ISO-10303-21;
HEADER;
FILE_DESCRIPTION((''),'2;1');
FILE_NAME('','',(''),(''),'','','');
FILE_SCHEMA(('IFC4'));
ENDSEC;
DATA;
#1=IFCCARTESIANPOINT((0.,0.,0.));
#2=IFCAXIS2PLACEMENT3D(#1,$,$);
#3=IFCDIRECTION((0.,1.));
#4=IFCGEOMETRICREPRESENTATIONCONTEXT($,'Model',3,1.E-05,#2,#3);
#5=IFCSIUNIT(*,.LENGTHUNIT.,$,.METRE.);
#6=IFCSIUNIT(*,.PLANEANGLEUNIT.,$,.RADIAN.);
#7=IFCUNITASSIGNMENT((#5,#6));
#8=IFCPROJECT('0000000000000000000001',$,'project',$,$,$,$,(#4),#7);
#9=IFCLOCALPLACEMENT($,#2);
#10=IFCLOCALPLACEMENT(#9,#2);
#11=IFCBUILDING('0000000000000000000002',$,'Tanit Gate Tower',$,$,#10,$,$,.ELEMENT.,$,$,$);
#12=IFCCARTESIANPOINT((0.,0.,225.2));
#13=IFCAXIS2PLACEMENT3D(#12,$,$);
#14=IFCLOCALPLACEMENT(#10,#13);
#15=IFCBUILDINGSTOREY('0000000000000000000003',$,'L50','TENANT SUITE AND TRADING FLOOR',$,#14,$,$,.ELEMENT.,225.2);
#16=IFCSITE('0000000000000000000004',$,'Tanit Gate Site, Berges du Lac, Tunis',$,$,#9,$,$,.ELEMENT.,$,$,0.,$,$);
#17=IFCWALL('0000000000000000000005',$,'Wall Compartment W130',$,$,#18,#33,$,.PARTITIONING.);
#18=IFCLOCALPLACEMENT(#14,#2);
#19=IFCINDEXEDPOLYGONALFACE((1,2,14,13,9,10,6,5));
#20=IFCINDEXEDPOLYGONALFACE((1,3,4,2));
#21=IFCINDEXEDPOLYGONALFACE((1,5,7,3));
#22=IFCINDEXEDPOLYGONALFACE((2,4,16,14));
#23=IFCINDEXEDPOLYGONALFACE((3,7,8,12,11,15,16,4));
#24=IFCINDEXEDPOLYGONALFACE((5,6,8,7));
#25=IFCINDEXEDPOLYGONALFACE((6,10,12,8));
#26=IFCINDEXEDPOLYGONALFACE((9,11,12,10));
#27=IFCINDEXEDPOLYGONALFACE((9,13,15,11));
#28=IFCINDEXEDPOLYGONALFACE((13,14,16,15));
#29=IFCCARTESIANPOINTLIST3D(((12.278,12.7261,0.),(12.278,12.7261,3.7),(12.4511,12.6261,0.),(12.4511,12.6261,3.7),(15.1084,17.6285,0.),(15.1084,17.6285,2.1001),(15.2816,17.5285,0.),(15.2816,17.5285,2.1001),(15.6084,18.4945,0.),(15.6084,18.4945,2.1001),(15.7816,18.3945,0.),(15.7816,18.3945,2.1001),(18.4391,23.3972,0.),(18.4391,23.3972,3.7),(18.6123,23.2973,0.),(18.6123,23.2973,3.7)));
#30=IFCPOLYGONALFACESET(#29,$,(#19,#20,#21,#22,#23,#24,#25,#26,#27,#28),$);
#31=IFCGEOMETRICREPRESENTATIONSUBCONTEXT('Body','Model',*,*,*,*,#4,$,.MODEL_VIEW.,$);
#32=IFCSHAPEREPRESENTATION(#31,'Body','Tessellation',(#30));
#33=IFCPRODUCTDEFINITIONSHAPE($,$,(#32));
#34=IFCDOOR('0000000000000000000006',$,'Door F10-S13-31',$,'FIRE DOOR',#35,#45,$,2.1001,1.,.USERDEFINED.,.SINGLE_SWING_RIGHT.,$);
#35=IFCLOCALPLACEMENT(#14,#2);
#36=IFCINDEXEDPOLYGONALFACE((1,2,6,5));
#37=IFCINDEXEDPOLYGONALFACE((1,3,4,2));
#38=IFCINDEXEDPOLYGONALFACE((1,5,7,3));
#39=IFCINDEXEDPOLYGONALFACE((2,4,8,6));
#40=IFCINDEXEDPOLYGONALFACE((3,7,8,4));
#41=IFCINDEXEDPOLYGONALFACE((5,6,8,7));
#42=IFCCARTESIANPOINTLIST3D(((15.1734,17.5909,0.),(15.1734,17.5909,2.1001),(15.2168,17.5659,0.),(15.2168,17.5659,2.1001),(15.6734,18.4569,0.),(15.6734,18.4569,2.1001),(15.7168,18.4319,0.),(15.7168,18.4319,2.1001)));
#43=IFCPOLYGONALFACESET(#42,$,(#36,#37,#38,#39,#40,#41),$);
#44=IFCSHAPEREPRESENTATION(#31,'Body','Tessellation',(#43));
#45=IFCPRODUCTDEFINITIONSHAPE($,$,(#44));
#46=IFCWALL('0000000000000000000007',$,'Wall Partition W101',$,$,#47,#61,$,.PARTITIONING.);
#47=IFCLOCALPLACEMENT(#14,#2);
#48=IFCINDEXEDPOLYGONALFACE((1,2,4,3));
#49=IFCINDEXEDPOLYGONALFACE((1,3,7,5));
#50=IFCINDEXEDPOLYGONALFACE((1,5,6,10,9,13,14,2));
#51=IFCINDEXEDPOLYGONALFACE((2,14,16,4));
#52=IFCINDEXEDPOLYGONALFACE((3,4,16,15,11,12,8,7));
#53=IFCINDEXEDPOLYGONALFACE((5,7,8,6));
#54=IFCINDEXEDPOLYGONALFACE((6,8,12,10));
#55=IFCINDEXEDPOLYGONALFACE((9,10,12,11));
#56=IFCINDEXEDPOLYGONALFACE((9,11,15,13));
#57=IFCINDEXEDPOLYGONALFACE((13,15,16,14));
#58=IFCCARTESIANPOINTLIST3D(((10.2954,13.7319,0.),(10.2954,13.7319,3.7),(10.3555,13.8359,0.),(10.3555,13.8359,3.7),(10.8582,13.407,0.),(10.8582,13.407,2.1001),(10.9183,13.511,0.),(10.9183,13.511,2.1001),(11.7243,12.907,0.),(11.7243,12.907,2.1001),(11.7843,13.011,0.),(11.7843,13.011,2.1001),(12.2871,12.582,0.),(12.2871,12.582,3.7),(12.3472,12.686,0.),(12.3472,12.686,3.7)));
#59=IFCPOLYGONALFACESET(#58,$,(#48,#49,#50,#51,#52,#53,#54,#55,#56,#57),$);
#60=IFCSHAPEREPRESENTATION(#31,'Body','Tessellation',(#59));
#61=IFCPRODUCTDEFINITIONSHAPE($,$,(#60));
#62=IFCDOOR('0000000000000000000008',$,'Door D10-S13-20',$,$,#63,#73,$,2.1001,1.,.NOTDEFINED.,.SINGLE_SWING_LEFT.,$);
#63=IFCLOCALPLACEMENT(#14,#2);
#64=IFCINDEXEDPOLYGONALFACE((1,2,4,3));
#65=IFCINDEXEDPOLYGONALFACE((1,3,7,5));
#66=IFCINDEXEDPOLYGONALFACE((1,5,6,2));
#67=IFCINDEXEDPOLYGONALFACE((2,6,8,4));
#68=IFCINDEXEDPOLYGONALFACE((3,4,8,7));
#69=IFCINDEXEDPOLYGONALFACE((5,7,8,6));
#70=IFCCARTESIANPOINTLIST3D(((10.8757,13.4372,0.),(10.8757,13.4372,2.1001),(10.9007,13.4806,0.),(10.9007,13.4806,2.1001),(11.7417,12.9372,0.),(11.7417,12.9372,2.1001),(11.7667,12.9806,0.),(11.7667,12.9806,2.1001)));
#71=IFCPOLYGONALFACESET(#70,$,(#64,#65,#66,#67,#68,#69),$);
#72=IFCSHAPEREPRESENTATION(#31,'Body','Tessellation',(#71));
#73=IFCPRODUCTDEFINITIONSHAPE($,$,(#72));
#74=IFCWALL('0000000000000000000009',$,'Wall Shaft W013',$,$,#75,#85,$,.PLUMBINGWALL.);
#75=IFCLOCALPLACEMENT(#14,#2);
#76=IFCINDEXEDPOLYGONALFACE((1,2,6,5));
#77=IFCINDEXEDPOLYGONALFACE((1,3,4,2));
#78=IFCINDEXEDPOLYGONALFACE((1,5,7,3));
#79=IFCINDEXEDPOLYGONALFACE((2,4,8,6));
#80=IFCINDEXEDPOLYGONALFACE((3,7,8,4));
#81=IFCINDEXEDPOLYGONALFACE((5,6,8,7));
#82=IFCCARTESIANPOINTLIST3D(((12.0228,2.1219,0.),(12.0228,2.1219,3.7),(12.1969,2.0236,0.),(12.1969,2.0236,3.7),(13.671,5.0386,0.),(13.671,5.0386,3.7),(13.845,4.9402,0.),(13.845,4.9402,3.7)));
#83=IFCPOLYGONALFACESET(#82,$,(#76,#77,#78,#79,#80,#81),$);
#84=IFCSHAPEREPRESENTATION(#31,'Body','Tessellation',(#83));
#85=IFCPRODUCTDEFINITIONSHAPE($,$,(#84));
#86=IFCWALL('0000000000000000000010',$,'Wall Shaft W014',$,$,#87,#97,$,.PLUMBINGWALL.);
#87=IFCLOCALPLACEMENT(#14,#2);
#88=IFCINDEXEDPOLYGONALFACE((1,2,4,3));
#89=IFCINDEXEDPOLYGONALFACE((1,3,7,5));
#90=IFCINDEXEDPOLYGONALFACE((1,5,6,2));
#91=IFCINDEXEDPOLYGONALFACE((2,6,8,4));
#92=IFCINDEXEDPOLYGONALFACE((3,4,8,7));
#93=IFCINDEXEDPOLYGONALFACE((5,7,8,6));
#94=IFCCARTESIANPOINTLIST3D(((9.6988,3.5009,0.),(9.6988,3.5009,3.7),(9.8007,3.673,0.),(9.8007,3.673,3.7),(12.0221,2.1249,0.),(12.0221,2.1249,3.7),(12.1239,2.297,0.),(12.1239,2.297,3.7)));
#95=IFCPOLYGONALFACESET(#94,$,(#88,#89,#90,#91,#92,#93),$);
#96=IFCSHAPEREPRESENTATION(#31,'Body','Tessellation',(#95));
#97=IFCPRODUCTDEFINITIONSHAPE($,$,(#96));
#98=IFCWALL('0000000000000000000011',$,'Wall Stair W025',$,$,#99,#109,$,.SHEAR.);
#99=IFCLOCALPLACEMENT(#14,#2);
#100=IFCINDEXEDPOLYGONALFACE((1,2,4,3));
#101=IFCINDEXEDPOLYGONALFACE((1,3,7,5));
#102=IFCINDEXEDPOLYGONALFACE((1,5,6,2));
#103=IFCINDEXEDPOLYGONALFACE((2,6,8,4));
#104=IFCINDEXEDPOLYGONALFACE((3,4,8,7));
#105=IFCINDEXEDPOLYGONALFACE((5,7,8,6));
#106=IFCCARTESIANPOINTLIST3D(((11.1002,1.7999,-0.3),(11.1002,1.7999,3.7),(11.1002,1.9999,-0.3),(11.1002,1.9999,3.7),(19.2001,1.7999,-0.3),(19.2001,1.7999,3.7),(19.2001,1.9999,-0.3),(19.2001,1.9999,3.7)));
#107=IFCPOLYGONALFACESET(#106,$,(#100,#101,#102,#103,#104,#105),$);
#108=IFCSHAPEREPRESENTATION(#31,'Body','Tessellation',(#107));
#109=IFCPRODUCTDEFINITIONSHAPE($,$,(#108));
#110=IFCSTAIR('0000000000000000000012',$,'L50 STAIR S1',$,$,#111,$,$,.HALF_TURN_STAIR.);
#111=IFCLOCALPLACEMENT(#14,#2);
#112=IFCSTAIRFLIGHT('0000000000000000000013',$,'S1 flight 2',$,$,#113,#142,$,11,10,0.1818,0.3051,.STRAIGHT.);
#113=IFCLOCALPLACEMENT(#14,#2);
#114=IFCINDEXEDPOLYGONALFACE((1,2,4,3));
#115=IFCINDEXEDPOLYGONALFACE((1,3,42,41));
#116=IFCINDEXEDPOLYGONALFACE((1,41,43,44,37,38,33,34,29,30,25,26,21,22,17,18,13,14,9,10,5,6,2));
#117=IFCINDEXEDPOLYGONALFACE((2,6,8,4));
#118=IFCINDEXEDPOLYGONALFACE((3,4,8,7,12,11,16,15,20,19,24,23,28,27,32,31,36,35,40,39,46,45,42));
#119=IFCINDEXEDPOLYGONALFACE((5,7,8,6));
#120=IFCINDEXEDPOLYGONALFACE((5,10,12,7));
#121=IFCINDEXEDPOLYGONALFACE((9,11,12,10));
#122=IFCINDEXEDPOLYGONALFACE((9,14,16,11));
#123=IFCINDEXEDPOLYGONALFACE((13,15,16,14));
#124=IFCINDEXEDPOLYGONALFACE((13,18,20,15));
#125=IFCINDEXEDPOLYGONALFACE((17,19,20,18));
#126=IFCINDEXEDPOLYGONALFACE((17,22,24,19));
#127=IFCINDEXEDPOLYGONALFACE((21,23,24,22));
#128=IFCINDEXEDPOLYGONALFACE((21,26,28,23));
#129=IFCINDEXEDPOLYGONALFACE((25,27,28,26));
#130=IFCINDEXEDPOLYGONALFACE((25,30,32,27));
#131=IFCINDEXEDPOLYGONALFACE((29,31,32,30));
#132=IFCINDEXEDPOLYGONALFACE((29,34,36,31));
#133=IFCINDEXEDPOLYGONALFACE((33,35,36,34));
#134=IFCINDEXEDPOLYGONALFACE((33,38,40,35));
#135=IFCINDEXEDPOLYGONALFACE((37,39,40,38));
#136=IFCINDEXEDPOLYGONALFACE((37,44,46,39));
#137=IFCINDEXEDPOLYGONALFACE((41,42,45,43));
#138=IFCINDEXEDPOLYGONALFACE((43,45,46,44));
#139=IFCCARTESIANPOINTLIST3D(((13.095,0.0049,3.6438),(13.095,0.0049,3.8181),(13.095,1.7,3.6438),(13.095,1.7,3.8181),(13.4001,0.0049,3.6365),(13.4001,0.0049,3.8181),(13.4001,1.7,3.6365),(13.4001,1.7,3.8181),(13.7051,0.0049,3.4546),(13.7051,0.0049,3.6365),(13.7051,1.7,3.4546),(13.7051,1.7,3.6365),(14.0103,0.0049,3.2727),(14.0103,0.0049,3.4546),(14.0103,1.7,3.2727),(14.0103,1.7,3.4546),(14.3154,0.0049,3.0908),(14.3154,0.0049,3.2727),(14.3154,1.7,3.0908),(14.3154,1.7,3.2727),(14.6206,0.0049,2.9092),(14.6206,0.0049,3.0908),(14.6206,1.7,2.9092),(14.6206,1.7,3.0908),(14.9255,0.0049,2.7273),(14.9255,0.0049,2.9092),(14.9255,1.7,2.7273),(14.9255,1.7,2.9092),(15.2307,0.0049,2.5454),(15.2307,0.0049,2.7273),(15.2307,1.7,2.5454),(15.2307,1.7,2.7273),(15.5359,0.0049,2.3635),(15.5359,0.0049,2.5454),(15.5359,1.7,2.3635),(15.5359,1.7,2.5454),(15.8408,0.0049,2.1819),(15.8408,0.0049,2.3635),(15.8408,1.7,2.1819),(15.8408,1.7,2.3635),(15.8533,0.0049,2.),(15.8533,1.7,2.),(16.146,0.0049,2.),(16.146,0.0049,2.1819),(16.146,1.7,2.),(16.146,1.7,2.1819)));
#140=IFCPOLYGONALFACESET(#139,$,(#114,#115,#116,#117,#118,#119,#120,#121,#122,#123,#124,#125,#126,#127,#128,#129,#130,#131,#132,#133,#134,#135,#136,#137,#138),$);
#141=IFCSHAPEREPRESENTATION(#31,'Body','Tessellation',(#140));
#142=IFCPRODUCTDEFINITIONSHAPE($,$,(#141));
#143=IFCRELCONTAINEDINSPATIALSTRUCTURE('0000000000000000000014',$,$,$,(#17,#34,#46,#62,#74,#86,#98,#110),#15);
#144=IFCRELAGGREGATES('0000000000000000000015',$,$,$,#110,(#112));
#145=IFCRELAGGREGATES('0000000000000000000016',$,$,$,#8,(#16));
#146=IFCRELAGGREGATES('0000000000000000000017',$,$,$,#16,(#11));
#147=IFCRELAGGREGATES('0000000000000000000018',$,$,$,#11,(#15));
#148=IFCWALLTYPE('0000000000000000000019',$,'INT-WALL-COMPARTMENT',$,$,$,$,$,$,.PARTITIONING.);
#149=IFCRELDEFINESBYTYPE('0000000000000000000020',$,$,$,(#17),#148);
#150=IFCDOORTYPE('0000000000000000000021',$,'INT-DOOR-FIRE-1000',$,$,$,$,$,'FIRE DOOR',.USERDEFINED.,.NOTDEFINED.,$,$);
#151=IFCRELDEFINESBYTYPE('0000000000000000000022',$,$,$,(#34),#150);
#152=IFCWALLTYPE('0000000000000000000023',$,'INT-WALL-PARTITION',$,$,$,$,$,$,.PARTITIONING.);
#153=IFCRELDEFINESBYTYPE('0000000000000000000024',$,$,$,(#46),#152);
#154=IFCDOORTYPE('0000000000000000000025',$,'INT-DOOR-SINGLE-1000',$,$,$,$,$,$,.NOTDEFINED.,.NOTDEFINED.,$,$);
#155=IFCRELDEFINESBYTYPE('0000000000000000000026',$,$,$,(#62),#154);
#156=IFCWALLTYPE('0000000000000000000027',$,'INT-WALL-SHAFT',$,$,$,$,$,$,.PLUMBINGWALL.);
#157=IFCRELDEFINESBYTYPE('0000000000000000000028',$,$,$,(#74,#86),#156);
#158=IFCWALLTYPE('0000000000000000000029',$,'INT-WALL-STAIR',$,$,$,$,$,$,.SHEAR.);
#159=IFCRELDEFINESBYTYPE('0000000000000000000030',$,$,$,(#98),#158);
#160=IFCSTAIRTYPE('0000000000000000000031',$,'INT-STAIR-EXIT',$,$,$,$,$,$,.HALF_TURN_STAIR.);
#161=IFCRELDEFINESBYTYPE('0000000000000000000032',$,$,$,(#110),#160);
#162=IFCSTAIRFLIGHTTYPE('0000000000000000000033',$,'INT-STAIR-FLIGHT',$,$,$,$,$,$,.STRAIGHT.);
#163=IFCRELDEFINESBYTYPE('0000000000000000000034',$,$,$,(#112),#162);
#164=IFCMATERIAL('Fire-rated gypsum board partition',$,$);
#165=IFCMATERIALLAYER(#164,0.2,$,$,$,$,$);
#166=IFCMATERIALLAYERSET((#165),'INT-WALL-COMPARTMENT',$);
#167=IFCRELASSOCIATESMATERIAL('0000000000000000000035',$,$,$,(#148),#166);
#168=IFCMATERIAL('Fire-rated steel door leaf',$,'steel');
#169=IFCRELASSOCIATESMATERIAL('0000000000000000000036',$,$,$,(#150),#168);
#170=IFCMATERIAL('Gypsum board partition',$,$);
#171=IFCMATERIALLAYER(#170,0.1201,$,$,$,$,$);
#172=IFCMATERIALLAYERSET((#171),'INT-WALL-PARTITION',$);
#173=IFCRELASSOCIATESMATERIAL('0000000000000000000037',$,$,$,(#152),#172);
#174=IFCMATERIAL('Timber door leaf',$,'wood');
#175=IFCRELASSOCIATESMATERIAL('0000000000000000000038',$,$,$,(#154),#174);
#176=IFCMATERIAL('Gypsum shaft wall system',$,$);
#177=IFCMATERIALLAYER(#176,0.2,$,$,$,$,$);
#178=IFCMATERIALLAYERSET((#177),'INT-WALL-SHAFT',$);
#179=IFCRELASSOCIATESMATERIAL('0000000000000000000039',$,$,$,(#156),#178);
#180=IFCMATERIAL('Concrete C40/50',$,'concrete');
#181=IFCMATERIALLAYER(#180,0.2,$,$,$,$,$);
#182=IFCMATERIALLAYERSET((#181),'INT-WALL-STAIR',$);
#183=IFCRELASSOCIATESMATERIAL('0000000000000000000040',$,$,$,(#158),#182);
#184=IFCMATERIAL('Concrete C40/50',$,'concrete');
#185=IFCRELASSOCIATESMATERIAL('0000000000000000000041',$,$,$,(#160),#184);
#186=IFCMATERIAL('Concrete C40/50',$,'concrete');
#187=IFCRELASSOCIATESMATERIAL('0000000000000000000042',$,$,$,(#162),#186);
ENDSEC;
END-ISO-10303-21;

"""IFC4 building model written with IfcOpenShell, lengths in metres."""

from ifc_helpers import new_model, si_unit, direction, frame, frame_2d, origin, place, context, subcontext, project, spatial, polyline, rectangle, outline, extrude, material, layer, layer_set, type_object, element, fill, aggregate, save


model = new_model("IFC4")

# Units and contexts
model_context = context("Model", 3, precision=1e-05, world=origin(), true_north=direction((0.0, 1.0)))
body_context = subcontext(model_context, "Body", "Model", "MODEL_VIEW")
ifc_project = project(units=[si_unit("LENGTHUNIT", "METRE"), si_unit("PLANEANGLEUNIT", "RADIAN")], contexts=[model_context])

# Site, building, storey
site_placement = place(None, origin())
site = spatial("IfcSite", under=ifc_project, at=site_placement, Name="Tanit Gate Site, Berges du Lac, Tunis", CompositionType="ELEMENT", RefElevation=0.0)
building_placement = place(site_placement, origin())
building = spatial("IfcBuilding", under=site, at=building_placement, Name="Tanit Gate Tower", CompositionType="ELEMENT")
storey_placement = place(building_placement, frame((0.0, 0.0, 225.2)))
storey = spatial("IfcBuildingStorey", under=building, at=storey_placement, Name="L50", Description="TENANT SUITE AND TRADING FLOOR", CompositionType="ELEMENT", Elevation=225.2)

# Walls, openings, doors
ifc_material_1 = material(Name="Fire-rated gypsum board partition")
ifc_layer_1 = layer(ifc_material_1, 0.2)
ifc_layer_set_1 = layer_set([ifc_layer_1], Name="INT-WALL-COMPARTMENT")
wall_type_1 = type_object("IfcWallType", Name="INT-WALL-COMPARTMENT", PredefinedType="PARTITIONING", material=ifc_layer_set_1)
ifc_material_2 = material(Name="Fire-rated steel door leaf", Category="steel")
door_type_1 = type_object("IfcDoorType", Name="INT-DOOR-FIRE-1000", ElementType="FIRE DOOR", OperationType="NOTDEFINED", PredefinedType="USERDEFINED", material=ifc_material_2)
wall_1_placement = place(storey_placement, frame((12.3645, 12.676, 0.0), z_axis=(0.0, 0.0, 1.0), x_axis=(0.500009, 0.86602, 0.0)))
wall_1 = element("IfcWall", 1, at=wall_1_placement, inside=storey, type_object=wall_type_1, Name="Wall Compartment W130", PredefinedType="PARTITIONING", context=body_context, shape_type="SweptSolid", body=[
    extrude(rectangle(XDim=12.322, YDim=0.2, at=frame_2d((6.1611, 0.0))), origin(), (0.0, 0.0, 1.0), 3.7),
])
opening_1_placement = place(wall_1_placement, frame((5.6609, 0.0, 0.0)))
opening_1 = element("IfcOpeningElement", 2, at=opening_1_placement, cuts=wall_1, PredefinedType="OPENING", context=body_context, shape_type="SweptSolid", body=[
    extrude(rectangle(XDim=1.0, YDim=2.1001, at=frame_2d((0.5, 1.05))), frame((0.0, 0.1099, 0.0), z_axis=(0.0, -1.0, 0.0), x_axis=(1.0, 0.0, 0.0)), (0.0, 0.0, 1.0), 0.22),
])
door_1_placement = place(opening_1_placement, origin())
door_1 = element("IfcDoor", 3, at=door_1_placement, inside=storey, type_object=door_type_1, Name="Door F10-S13-31", ObjectType="FIRE DOOR", OperationType="SINGLE_SWING_RIGHT", OverallHeight=2.1001, OverallWidth=1.0, PredefinedType="USERDEFINED", context=body_context, shape_type="SweptSolid", body=[
    extrude(rectangle(XDim=1.0, YDim=2.1001, at=frame_2d((0.5, 1.05))), frame((0.0, 0.0249, 0.0), z_axis=(0.0, -1.0, 0.0), x_axis=(1.0, 0.0, 0.0)), (0.0, 0.0, 1.0), 0.05),
])
fill(opening_1, door_1)
ifc_material_3 = material(Name="Gypsum board partition")
ifc_layer_2 = layer(ifc_material_3, 0.1201)
ifc_layer_set_2 = layer_set([ifc_layer_2], Name="INT-WALL-PARTITION")
wall_type_2 = type_object("IfcWallType", Name="INT-WALL-PARTITION", PredefinedType="PARTITIONING", material=ifc_layer_set_2)
wall_2_placement = place(storey_placement, frame((10.3254, 13.7839, 0.0), z_axis=(0.0, 0.0, 1.0), x_axis=(0.866026, -0.499998, 0.0)))
wall_2 = element("IfcWall", 4, at=wall_2_placement, inside=storey, type_object=wall_type_2, Name="Wall Partition W101", PredefinedType="PARTITIONING", context=body_context, shape_type="SweptSolid", body=[
    extrude(rectangle(XDim=2.2998, YDim=0.1201, at=frame_2d((1.1499, 0.0))), origin(), (0.0, 0.0, 1.0), 3.7),
])
opening_2_placement = place(wall_2_placement, frame((0.6499, 0.0, 0.0)))
opening_2 = element("IfcOpeningElement", 5, at=opening_2_placement, cuts=wall_2, PredefinedType="OPENING", context=body_context, shape_type="SweptSolid", body=[
    extrude(rectangle(XDim=1.0, YDim=2.1001, at=frame_2d((0.5, 1.05))), frame((0.0, 0.0701, 0.0), z_axis=(0.0, -1.0, 0.0), x_axis=(1.0, 0.0, 0.0)), (0.0, 0.0, 1.0), 0.1401),
])
ifc_material_4 = material(Name="Timber door leaf", Category="wood")
door_type_2 = type_object("IfcDoorType", Name="INT-DOOR-SINGLE-1000", OperationType="NOTDEFINED", PredefinedType="NOTDEFINED", material=ifc_material_4)
door_2_placement = place(opening_2_placement, origin())
door_2 = element("IfcDoor", 6, at=door_2_placement, inside=storey, type_object=door_type_2, Name="Door D10-S13-20", OperationType="SINGLE_SWING_LEFT", OverallHeight=2.1001, OverallWidth=1.0, PredefinedType="NOTDEFINED", context=body_context, shape_type="SweptSolid", body=[
    extrude(rectangle(XDim=1.0, YDim=2.1001, at=frame_2d((0.5, 1.05))), frame((0.0, 0.0249, 0.0), z_axis=(0.0, -1.0, 0.0), x_axis=(1.0, 0.0, 0.0)), (0.0, 0.0, 1.0), 0.05),
])
fill(opening_2, door_2)

# Walls
ifc_material_5 = material(Name="Gypsum shaft wall system")
ifc_layer_3 = layer(ifc_material_5, 0.2)
ifc_layer_set_3 = layer_set([ifc_layer_3], Name="INT-WALL-SHAFT")
wall_type_3 = type_object("IfcWallType", Name="INT-WALL-SHAFT", PredefinedType="PLUMBINGWALL", material=ifc_layer_set_3)
wall_3_placement = place(storey_placement, frame((12.1099, 2.0728, 0.0), z_axis=(0.0, 0.0, 1.0), x_axis=(0.491966, 0.870614, 0.0)))
element("IfcWall", 7, at=wall_3_placement, inside=storey, type_object=wall_type_3, Name="Wall Shaft W013", PredefinedType="PLUMBINGWALL", context=body_context, shape_type="SweptSolid", body=[
    extrude(rectangle(XDim=3.3501, YDim=0.2, at=frame_2d((1.675, 0.0))), origin(), (0.0, 0.0, 1.0), 3.7),
])
wall_4_placement = place(storey_placement, frame((12.073, 2.2109, 0.0), z_axis=(0.0, 0.0, 1.0), x_axis=(-0.860415, 0.509594, 0.0)))
element("IfcWall", 8, at=wall_4_placement, inside=storey, type_object=wall_type_3, Name="Wall Shaft W014", PredefinedType="PLUMBINGWALL", context=body_context, shape_type="SweptSolid", body=[
    extrude(rectangle(XDim=2.7002, YDim=0.2, at=frame_2d((1.3501, 0.0))), origin(), (0.0, 0.0, 1.0), 3.7),
])
ifc_material_6 = material(Name="Concrete C40/50", Category="concrete")
ifc_layer_4 = layer(ifc_material_6, 0.2)
ifc_layer_set_4 = layer_set([ifc_layer_4], Name="INT-WALL-STAIR")
wall_type_4 = type_object("IfcWallType", Name="INT-WALL-STAIR", PredefinedType="SHEAR", material=ifc_layer_set_4)
wall_5_placement = place(storey_placement, frame((19.2, 1.8999, -0.3), z_axis=(0.0, 0.0, 1.0), x_axis=(-1.0, 0.0, 0.0)))
element("IfcWall", 9, at=wall_5_placement, inside=storey, type_object=wall_type_4, Name="Wall Stair W025", PredefinedType="SHEAR", context=body_context, shape_type="SweptSolid", body=[
    extrude(rectangle(XDim=8.0999, YDim=0.2, at=frame_2d((4.0498, 0.0))), origin(), (0.0, 0.0, 1.0), 4.0),
])

# Stair, stair flight
ifc_material_7 = material(Name="Concrete C40/50", Category="concrete")
stair_type = type_object("IfcStairType", Name="INT-STAIR-EXIT", PredefinedType="HALF_TURN_STAIR", material=ifc_material_7)
stair_placement = place(storey_placement, origin())
stair = element("IfcStair", 10, at=stair_placement, inside=storey, type_object=stair_type, Name="L50 STAIR S1", PredefinedType="HALF_TURN_STAIR")
ifc_material_8 = material(Name="Concrete C40/50", Category="concrete")
stair_flight_type = type_object("IfcStairFlightType", Name="INT-STAIR-FLIGHT", PredefinedType="STRAIGHT", material=ifc_material_8)
stair_flight_placement = place(storey_placement, frame((16.146, 0.8525, 2.0), z_axis=(0.0, 0.0, 1.0), x_axis=(-1.0, 0.0, 0.0)))
stair_flight = element("IfcStairFlight", 11, at=stair_flight_placement, type_object=stair_flight_type, Name="S1 flight 2", NumberOfRisers=11, NumberOfTreads=10, PredefinedType="STRAIGHT", RiserHeight=0.1818, TreadLength=0.3051, context=body_context, shape_type="SweptSolid", body=[
    extrude(outline(polyline([(0.0, 0.0), (0.0, 0.1819), (0.3052, 0.1819), (0.3052, 0.3635), (0.6101, 0.3635), (0.6101, 0.5454), (0.9153, 0.5454), (0.9153, 0.7273), (1.2205, 0.7273), (1.2205, 0.9092), (1.5254, 0.9092), (1.5254, 1.0908), (1.8306, 1.0908), (1.8306, 1.2727), (2.1357, 1.2727), (2.1357, 1.4546), (2.4409, 1.4546), (2.4409, 1.6365), (2.7458, 1.6365), (2.7458, 1.8181), (3.051, 1.8181), (3.051, 2.0), (3.051, 1.6438), (0.2927, 0.0), (0.0, 0.0)])), frame((0.0, 0.8477, 0.0), z_axis=(0.0, -1.0, 0.0), x_axis=(1.0, 0.0, 0.0)), (0.0, 0.0, 1.0), 1.6951),
])
aggregate(stair, [stair_flight])

save(model, "model.ifc")
